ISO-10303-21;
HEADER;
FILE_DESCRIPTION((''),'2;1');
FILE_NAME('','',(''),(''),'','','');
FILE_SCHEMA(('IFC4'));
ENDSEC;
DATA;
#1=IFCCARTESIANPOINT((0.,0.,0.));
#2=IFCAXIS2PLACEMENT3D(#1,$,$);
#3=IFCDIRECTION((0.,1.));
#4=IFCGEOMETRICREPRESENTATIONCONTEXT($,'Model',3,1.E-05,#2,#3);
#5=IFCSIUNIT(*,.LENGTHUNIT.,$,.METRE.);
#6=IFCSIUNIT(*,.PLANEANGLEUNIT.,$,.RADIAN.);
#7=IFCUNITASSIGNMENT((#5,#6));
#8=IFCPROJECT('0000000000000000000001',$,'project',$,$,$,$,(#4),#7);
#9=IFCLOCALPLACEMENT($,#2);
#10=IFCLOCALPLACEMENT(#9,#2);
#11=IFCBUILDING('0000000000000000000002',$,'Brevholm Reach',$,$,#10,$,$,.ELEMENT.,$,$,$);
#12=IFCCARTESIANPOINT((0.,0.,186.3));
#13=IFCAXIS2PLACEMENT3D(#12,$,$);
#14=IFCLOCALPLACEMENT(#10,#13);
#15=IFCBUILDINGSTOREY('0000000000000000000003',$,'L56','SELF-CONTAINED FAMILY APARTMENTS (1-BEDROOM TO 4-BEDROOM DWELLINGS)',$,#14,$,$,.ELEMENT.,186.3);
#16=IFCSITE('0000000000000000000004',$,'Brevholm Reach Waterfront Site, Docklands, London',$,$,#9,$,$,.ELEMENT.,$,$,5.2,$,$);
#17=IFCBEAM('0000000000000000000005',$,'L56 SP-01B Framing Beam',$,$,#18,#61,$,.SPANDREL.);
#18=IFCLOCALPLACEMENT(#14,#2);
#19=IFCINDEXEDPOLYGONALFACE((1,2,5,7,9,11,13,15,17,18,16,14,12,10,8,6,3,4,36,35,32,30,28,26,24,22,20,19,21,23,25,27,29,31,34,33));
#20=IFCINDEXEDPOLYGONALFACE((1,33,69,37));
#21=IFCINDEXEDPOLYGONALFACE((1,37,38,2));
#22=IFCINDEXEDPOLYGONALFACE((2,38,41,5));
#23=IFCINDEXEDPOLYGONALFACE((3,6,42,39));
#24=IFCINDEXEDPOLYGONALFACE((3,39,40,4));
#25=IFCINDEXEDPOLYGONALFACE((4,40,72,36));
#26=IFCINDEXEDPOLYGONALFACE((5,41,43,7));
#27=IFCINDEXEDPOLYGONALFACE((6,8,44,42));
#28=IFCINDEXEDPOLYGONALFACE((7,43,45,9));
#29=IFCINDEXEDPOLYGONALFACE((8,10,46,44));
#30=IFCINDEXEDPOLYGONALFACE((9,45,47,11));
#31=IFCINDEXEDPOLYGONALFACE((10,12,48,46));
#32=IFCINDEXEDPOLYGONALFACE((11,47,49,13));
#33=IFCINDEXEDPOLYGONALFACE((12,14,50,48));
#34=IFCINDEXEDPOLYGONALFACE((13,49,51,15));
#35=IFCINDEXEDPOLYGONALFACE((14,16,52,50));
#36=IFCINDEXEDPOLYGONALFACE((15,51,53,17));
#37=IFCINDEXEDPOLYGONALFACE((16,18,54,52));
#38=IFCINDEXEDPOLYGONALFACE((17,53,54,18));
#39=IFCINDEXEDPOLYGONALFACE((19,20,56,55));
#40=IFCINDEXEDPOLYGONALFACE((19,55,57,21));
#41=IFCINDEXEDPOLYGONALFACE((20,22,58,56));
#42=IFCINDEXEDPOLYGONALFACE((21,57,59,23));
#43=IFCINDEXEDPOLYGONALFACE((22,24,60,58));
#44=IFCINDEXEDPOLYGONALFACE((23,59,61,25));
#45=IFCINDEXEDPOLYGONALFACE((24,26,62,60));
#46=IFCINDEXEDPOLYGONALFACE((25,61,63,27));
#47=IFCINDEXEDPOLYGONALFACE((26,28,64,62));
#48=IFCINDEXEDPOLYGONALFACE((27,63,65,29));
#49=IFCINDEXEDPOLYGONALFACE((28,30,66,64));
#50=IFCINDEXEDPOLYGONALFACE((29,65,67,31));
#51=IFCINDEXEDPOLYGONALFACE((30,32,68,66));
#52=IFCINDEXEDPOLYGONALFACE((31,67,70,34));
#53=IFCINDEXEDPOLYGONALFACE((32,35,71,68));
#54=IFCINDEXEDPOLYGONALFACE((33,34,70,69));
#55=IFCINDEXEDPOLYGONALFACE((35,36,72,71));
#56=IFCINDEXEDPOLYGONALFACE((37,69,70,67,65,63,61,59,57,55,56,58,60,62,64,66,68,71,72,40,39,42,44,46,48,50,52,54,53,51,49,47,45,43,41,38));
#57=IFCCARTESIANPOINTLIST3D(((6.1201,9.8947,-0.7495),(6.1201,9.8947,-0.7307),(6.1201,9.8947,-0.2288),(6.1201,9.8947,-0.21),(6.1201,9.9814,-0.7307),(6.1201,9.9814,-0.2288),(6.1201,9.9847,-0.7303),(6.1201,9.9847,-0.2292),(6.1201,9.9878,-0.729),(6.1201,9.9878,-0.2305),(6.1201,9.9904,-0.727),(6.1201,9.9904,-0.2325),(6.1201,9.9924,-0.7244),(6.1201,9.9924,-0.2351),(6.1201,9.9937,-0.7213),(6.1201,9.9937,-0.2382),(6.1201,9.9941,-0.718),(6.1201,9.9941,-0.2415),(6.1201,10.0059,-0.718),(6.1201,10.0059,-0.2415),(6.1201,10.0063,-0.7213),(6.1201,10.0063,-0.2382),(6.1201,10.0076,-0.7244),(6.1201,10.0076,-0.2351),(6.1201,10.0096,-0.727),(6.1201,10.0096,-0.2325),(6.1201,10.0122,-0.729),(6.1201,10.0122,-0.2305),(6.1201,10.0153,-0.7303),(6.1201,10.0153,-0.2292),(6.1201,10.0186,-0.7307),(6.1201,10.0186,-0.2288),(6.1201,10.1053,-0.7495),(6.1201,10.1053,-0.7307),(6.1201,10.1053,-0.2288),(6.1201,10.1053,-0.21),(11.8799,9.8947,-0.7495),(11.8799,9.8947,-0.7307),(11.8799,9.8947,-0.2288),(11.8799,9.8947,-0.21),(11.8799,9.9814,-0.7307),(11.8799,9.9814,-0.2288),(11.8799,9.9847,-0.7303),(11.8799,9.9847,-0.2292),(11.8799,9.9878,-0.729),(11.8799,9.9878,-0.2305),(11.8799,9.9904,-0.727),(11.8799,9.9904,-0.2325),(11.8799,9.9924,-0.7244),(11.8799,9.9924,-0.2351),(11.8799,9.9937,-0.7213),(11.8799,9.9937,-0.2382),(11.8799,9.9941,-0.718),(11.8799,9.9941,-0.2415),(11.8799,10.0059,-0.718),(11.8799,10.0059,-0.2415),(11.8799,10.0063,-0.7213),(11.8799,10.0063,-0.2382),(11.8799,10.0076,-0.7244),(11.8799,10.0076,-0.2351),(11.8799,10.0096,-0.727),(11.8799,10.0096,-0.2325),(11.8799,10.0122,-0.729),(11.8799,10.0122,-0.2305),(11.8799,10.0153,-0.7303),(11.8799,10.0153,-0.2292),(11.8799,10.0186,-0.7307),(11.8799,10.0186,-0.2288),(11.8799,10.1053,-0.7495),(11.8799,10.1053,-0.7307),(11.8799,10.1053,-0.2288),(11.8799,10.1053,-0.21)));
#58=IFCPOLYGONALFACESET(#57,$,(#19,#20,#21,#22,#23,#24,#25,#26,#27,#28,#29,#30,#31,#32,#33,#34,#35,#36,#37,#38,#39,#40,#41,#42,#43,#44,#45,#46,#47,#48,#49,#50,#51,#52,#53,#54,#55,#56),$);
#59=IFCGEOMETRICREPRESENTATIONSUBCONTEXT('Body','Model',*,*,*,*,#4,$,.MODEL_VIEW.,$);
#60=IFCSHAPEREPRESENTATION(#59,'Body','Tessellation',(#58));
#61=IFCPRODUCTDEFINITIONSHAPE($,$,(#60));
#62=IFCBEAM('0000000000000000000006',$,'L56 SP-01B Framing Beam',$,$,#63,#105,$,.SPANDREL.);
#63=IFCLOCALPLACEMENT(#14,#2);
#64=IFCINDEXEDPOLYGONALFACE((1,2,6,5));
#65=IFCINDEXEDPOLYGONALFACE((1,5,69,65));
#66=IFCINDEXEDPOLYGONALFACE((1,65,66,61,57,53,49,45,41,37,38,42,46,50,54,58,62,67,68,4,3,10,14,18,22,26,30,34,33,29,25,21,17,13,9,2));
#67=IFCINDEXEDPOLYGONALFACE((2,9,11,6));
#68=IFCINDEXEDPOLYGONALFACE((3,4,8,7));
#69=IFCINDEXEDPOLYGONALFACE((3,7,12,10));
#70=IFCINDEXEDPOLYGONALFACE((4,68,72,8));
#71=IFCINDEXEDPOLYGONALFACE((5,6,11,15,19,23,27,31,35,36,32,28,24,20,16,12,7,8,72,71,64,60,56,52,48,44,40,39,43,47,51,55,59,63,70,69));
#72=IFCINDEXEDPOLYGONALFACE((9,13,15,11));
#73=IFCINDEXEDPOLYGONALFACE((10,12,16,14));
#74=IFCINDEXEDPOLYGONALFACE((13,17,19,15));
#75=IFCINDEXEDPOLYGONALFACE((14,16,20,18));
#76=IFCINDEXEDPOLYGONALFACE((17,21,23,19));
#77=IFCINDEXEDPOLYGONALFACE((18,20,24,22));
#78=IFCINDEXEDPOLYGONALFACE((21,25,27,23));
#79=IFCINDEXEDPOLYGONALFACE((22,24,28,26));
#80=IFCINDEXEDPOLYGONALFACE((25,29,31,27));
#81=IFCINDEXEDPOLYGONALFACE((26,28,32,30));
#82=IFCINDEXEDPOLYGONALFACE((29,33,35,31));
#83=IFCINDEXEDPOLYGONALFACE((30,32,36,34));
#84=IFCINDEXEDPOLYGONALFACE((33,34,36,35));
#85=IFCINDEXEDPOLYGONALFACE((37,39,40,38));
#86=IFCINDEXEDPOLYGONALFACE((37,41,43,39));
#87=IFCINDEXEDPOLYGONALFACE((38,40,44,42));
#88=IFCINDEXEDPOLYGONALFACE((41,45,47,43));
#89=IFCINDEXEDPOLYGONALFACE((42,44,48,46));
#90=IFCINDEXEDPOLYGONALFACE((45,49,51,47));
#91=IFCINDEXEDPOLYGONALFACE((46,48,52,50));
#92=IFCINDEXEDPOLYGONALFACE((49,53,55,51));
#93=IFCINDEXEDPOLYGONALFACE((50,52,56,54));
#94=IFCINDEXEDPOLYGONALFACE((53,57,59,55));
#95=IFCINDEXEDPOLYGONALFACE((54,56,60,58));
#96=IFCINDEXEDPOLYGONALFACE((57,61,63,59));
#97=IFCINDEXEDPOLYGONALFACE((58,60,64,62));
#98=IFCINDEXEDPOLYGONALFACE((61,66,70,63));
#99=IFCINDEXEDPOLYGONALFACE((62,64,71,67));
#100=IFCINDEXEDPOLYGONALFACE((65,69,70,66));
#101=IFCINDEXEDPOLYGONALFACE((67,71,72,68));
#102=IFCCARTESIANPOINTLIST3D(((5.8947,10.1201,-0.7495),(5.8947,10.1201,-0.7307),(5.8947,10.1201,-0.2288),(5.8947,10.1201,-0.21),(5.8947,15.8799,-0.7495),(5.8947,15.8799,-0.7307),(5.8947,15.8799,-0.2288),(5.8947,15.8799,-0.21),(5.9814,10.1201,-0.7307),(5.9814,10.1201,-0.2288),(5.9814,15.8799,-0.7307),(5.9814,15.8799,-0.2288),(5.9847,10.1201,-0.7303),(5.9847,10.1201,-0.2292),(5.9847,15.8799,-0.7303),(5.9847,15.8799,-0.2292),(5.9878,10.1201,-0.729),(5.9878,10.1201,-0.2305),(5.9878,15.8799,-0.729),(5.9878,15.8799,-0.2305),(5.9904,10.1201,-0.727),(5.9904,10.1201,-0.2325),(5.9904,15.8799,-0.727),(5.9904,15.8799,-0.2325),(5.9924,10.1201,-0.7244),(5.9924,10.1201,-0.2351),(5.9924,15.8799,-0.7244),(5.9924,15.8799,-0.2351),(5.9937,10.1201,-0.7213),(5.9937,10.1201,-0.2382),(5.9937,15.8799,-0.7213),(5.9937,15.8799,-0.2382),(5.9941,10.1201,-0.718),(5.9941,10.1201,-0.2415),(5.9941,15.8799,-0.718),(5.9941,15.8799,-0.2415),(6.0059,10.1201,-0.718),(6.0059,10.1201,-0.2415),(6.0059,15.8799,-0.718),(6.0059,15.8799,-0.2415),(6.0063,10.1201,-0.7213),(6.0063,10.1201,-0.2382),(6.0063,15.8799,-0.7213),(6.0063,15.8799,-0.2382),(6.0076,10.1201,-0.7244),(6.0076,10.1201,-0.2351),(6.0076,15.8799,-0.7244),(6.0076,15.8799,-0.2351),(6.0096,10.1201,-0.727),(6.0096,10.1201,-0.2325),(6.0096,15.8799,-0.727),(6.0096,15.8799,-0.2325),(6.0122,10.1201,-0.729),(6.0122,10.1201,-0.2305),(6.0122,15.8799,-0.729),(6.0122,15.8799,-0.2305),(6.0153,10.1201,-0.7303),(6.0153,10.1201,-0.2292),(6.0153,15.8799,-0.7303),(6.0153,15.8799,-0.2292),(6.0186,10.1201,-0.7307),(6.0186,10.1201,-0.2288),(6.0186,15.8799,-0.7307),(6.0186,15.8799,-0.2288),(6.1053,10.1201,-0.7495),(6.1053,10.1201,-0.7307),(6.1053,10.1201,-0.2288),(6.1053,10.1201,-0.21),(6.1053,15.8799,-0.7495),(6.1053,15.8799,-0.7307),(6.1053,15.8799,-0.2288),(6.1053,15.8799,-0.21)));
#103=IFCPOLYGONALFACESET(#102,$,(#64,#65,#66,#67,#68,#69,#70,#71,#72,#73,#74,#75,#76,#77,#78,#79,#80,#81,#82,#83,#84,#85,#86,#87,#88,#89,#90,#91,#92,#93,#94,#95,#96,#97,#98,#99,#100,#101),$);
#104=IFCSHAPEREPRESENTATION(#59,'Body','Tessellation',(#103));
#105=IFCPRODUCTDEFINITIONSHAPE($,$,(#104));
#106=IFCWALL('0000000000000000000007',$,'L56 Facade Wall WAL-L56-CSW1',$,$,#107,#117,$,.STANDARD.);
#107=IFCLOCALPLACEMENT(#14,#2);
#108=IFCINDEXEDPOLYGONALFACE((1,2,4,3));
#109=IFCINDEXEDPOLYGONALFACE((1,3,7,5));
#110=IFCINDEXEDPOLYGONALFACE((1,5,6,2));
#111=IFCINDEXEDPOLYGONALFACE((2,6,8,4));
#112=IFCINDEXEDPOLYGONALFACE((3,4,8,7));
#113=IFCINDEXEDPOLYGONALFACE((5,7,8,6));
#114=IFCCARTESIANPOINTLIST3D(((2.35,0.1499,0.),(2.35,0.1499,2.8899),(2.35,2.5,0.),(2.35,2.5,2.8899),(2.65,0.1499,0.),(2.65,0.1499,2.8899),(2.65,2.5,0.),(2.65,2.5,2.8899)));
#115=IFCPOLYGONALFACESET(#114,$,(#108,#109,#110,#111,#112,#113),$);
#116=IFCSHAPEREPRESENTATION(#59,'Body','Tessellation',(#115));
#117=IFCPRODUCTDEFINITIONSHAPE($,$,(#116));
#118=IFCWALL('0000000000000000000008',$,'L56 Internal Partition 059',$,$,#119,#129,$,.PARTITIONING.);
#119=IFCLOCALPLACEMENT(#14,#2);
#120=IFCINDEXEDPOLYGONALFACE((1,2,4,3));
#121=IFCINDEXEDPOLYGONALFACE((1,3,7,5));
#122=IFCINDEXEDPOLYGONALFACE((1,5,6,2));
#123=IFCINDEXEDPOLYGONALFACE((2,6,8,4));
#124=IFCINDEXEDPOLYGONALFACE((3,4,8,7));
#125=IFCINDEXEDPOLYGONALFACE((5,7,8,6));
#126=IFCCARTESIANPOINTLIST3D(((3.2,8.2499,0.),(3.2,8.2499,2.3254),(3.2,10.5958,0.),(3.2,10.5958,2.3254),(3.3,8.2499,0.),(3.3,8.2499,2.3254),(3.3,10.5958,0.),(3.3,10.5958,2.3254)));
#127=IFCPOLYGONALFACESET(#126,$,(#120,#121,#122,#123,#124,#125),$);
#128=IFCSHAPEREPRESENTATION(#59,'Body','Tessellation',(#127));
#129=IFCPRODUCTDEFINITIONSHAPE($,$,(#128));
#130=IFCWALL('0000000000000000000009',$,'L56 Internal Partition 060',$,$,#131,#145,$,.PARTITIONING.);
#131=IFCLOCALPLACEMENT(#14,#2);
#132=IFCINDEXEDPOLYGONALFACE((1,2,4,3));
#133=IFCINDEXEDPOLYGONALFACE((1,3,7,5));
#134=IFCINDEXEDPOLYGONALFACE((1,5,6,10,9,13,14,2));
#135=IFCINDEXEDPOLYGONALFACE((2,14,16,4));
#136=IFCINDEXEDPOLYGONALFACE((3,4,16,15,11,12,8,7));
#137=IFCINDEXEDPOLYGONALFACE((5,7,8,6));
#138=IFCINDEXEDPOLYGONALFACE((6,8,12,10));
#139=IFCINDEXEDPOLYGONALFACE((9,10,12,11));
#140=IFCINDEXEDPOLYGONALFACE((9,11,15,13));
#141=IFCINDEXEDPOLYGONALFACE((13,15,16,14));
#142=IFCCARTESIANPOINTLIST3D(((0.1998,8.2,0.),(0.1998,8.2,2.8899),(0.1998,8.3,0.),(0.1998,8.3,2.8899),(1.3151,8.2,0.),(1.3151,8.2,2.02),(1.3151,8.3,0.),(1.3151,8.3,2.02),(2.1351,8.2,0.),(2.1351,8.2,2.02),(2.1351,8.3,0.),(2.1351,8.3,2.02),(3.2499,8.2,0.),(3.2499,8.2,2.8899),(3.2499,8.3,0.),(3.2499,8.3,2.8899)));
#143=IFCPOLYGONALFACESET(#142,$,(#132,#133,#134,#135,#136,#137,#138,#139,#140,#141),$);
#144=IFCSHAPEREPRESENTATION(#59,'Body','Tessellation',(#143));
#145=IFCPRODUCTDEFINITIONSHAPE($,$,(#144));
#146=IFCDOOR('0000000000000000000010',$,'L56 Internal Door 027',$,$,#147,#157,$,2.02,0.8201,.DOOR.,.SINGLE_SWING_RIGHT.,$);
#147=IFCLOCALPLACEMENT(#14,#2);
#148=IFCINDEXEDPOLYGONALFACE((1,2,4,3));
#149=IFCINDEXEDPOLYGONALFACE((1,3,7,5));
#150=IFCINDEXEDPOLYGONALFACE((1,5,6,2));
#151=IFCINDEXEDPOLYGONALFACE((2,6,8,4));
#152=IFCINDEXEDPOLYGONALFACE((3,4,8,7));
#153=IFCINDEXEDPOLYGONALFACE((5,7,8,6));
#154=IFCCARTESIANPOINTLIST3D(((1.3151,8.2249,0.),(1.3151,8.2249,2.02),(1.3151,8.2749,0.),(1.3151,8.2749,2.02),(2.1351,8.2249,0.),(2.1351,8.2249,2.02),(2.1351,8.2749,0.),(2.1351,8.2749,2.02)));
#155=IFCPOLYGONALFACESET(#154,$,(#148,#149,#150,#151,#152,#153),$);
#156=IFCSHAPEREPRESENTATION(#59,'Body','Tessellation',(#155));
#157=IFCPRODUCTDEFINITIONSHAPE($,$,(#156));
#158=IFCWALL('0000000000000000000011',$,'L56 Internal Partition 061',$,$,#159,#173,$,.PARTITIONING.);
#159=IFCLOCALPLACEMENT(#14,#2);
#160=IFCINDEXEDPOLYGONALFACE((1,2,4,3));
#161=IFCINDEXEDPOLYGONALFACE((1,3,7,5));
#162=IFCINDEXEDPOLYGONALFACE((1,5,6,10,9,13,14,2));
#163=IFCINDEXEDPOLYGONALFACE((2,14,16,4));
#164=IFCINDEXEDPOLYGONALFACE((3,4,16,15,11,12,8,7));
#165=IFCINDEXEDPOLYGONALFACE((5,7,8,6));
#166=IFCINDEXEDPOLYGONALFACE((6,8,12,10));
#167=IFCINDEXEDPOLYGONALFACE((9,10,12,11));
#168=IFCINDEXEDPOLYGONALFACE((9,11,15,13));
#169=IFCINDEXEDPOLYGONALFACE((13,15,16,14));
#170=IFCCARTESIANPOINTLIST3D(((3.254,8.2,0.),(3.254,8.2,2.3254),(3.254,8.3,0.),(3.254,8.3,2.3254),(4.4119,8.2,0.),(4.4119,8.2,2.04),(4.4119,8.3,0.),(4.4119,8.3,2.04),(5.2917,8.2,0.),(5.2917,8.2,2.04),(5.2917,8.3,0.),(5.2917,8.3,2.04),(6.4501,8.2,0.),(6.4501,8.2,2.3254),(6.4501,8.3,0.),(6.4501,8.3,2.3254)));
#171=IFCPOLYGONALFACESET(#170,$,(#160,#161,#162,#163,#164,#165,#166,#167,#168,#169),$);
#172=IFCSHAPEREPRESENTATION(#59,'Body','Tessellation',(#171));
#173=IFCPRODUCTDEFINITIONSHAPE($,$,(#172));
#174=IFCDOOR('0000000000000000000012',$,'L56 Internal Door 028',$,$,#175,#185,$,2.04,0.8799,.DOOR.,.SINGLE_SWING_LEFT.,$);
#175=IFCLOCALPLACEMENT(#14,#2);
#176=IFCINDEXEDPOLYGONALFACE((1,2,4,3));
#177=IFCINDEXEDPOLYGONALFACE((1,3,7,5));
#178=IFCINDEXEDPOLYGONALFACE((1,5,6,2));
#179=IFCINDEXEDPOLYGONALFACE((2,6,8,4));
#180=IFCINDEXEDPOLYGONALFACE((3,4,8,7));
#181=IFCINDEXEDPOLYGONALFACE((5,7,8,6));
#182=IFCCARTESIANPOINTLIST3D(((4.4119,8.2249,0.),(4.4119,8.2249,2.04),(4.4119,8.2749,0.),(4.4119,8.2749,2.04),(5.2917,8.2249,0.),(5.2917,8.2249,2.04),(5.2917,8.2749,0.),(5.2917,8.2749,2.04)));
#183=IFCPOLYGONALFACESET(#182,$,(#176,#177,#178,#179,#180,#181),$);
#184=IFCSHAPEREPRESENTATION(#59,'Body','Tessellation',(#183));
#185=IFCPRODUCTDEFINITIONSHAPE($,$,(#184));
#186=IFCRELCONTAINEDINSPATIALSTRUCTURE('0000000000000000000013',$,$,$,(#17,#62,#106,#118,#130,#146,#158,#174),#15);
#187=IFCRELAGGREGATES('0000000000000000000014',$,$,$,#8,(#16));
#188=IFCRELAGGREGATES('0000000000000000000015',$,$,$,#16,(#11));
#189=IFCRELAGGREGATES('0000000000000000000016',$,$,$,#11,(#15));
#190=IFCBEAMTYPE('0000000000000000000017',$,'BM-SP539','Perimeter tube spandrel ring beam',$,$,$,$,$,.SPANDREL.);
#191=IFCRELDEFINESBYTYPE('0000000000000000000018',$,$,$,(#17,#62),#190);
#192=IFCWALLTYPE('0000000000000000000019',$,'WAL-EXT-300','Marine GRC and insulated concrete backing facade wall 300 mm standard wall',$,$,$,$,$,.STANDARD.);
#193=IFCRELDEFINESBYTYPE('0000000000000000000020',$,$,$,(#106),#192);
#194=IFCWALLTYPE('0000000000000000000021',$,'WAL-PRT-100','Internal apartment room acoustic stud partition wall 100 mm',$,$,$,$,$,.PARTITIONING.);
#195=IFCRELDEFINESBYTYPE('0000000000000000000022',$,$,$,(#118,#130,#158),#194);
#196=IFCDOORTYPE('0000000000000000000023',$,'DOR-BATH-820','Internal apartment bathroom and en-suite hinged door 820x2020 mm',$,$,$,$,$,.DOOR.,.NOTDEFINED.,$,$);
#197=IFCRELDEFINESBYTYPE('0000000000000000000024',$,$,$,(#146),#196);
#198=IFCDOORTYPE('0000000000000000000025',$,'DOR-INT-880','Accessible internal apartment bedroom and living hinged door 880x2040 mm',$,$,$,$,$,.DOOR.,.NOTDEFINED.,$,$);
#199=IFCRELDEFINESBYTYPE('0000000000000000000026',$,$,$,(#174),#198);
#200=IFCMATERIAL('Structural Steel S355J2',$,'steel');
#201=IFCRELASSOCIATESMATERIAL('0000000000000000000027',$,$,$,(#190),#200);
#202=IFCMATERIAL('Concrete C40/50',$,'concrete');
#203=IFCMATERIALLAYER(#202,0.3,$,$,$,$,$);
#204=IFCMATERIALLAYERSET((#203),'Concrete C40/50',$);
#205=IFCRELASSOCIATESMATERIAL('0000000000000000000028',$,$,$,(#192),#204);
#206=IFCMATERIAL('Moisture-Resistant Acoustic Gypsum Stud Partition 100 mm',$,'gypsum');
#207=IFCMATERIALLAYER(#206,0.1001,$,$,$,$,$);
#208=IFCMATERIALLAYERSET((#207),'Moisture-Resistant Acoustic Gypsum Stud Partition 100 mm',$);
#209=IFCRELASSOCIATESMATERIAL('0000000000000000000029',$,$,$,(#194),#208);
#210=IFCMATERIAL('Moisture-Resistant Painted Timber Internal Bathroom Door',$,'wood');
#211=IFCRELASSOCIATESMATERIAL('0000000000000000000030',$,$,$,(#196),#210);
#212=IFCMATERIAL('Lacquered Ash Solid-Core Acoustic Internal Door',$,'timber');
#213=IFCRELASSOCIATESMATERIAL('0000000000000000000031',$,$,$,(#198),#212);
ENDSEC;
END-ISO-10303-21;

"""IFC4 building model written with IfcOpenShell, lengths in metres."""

from ifc_helpers import new_model, si_unit, direction, frame, frame_2d, origin, origin_2d, place, context, subcontext, project, spatial, rectangle, i_section, extrude, material, layer, layer_set, material_profile, profile_set, type_object, element, fill, save


model = new_model("IFC4")

# Units and contexts
model_context = context("Model", 3, precision=1e-05, world=origin(), true_north=direction((0.0, 1.0)))
body_context = subcontext(model_context, "Body", "Model", "MODEL_VIEW")
ifc_project = project(units=[si_unit("LENGTHUNIT", "METRE"), si_unit("PLANEANGLEUNIT", "RADIAN")], contexts=[model_context])

# Site, building, storey
site_placement = place(None, origin())
site = spatial("IfcSite", under=ifc_project, at=site_placement, Name="Brevholm Reach Waterfront Site, Docklands, London", CompositionType="ELEMENT", RefElevation=5.2)
building_placement = place(site_placement, origin())
building = spatial("IfcBuilding", under=site, at=building_placement, Name="Brevholm Reach", CompositionType="ELEMENT")
storey_placement = place(building_placement, frame((0.0, 0.0, 186.3)))
storey = spatial("IfcBuildingStorey", under=building, at=storey_placement, Name="L56", Description="SELF-CONTAINED FAMILY APARTMENTS (1-BEDROOM TO 4-BEDROOM DWELLINGS)", CompositionType="ELEMENT", Elevation=186.3)

# Beams
ifc_material_1 = material(Name="Structural Steel S355J2", Category="steel")
ifc_material_profile_1 = material_profile(ifc_material_1, i_section(OverallWidth=0.2107, OverallDepth=0.5396, WebThickness=0.0117, FlangeThickness=0.0188, FilletRadius=0.0127, at=origin_2d()), Name="UKB 533x210x109")
ifc_profile_set_1 = profile_set([ifc_material_profile_1], Name="Structural Steel S355J2")
beam_type_1 = type_object("IfcBeamType", Name="BM-SP539", Description="Perimeter tube spandrel ring beam", PredefinedType="SPANDREL", material=ifc_profile_set_1)
for number, where, z_axis, x_axis, name in (
    (1, (6.1201, 10.0, -0.4797), (1.0, 0.0, 0.0), (0.0, 1.0, 0.0), "L56 SP-01B Framing Beam"),
    (2, (6.0, 10.1201, -0.4797), (0.0, 1.0, 0.0), (-1.0, 0.0, 0.0), "L56 SP-01B Framing Beam"),
):
    element("IfcBeam", number, at=place(storey_placement, frame(where, z_axis=z_axis, x_axis=x_axis)), inside=storey, type_object=beam_type_1, Name=name, PredefinedType="SPANDREL", context=body_context, shape_type="SweptSolid", body=[
        extrude(i_section(OverallWidth=0.2107, OverallDepth=0.5396, WebThickness=0.0117, FlangeThickness=0.0188, FilletRadius=0.0127, at=origin_2d()), origin(), (0.0, 0.0, 1.0), 5.7598),
    ])

# Walls
ifc_material_2 = material(Name="Concrete C40/50", Category="concrete")
ifc_layer_1 = layer(ifc_material_2, 0.3)
ifc_layer_set_1 = layer_set([ifc_layer_1], Name="Concrete C40/50")
wall_type_1 = type_object("IfcWallType", Name="WAL-EXT-300", Description="Marine GRC and insulated concrete backing facade wall 300 mm standard wall", PredefinedType="STANDARD", material=ifc_layer_set_1)
wall_1_placement = place(storey_placement, frame((2.5, 2.5, 0.0), z_axis=(0.0, 0.0, 1.0), x_axis=(0.0, -1.0, 0.0)))
element("IfcWall", 3, at=wall_1_placement, inside=storey, type_object=wall_type_1, Name="L56 Facade Wall WAL-L56-CSW1", PredefinedType="STANDARD", context=body_context, shape_type="SweptSolid", body=[
    extrude(rectangle(XDim=2.3501, YDim=0.3, at=frame_2d((1.175, 0.0))), origin(), (0.0, 0.0, 1.0), 2.8899),
])
ifc_material_3 = material(Name="Moisture-Resistant Acoustic Gypsum Stud Partition 100 mm", Category="gypsum")
ifc_layer_2 = layer(ifc_material_3, 0.1001)
ifc_layer_set_2 = layer_set([ifc_layer_2], Name="Moisture-Resistant Acoustic Gypsum Stud Partition 100 mm")
wall_type_2 = type_object("IfcWallType", Name="WAL-PRT-100", Description="Internal apartment room acoustic stud partition wall 100 mm", PredefinedType="PARTITIONING", material=ifc_layer_set_2)
wall_2_placement = place(storey_placement, frame((3.25, 8.25, 0.0), z_axis=(0.0, 0.0, 1.0), x_axis=(0.0, 1.0, 0.0)))
element("IfcWall", 4, at=wall_2_placement, inside=storey, type_object=wall_type_2, Name="L56 Internal Partition 059", PredefinedType="PARTITIONING", context=body_context, shape_type="SweptSolid", body=[
    extrude(rectangle(XDim=2.3459, YDim=0.1001, at=frame_2d((1.1729, 0.0))), origin(), (0.0, 0.0, 1.0), 2.3254),
])

# Walls, openings, doors
wall_3_placement = place(storey_placement, frame((0.2, 8.25, 0.0), z_axis=(0.0, 0.0, 1.0), x_axis=(1.0, 0.0, 0.0)))
wall_3 = element("IfcWall", 5, at=wall_3_placement, inside=storey, type_object=wall_type_2, Name="L56 Internal Partition 060", PredefinedType="PARTITIONING", context=body_context, shape_type="SweptSolid", body=[
    extrude(rectangle(XDim=3.05, YDim=0.1001, at=frame_2d((1.5249, 0.0))), origin(), (0.0, 0.0, 1.0), 2.8899),
])
opening_1_placement = place(wall_3_placement, frame((1.115, 0.0, 0.0)))
opening_1 = element("IfcOpeningElement", 6, at=opening_1_placement, cuts=wall_3, PredefinedType="OPENING", context=body_context, shape_type="SweptSolid", body=[
    extrude(rectangle(XDim=0.8201, YDim=2.02, at=frame_2d((0.4102, 1.01))), frame((0.0, 0.0601, 0.0), z_axis=(0.0, -1.0, 0.0), x_axis=(1.0, 0.0, 0.0)), (0.0, 0.0, 1.0), 0.1201),
])
ifc_material_4 = material(Name="Moisture-Resistant Painted Timber Internal Bathroom Door", Category="wood")
door_type_1 = type_object("IfcDoorType", Name="DOR-BATH-820", Description="Internal apartment bathroom and en-suite hinged door 820x2020 mm", OperationType="NOTDEFINED", PredefinedType="DOOR", material=ifc_material_4)
door_1_placement = place(opening_1_placement, origin())
door_1 = element("IfcDoor", 7, at=door_1_placement, inside=storey, type_object=door_type_1, Name="L56 Internal Door 027", OperationType="SINGLE_SWING_RIGHT", OverallHeight=2.02, OverallWidth=0.8201, PredefinedType="DOOR", context=body_context, shape_type="SweptSolid", body=[
    extrude(rectangle(XDim=0.8201, YDim=2.02, at=frame_2d((0.4102, 1.01))), frame((0.0, 0.0249, 0.0), z_axis=(0.0, -1.0, 0.0), x_axis=(1.0, 0.0, 0.0)), (0.0, 0.0, 1.0), 0.05),
])
fill(opening_1, door_1)
wall_4_placement = place(storey_placement, frame((3.2539, 8.25, 0.0), z_axis=(0.0, 0.0, 1.0), x_axis=(1.0, 0.0, 0.0)))
wall_4 = element("IfcWall", 8, at=wall_4_placement, inside=storey, type_object=wall_type_2, Name="L56 Internal Partition 061", PredefinedType="PARTITIONING", context=body_context, shape_type="SweptSolid", body=[
    extrude(rectangle(XDim=3.196, YDim=0.1001, at=frame_2d((1.5981, 0.0))), origin(), (0.0, 0.0, 1.0), 2.3254),
])
opening_2_placement = place(wall_4_placement, frame((1.158, 0.0, 0.0)))
opening_2 = element("IfcOpeningElement", 9, at=opening_2_placement, cuts=wall_4, PredefinedType="OPENING", context=body_context, shape_type="SweptSolid", body=[
    extrude(rectangle(XDim=0.8799, YDim=2.04, at=frame_2d((0.4399, 1.02))), frame((0.0, 0.0601, 0.0), z_axis=(0.0, -1.0, 0.0), x_axis=(1.0, 0.0, 0.0)), (0.0, 0.0, 1.0), 0.1201),
])
ifc_material_5 = material(Name="Lacquered Ash Solid-Core Acoustic Internal Door", Category="timber")
door_type_2 = type_object("IfcDoorType", Name="DOR-INT-880", Description="Accessible internal apartment bedroom and living hinged door 880x2040 mm", OperationType="NOTDEFINED", PredefinedType="DOOR", material=ifc_material_5)
door_2_placement = place(opening_2_placement, origin())
door_2 = element("IfcDoor", 10, at=door_2_placement, inside=storey, type_object=door_type_2, Name="L56 Internal Door 028", OperationType="SINGLE_SWING_LEFT", OverallHeight=2.04, OverallWidth=0.8799, PredefinedType="DOOR", context=body_context, shape_type="SweptSolid", body=[
    extrude(rectangle(XDim=0.8799, YDim=2.04, at=frame_2d((0.4399, 1.02))), frame((0.0, 0.0249, 0.0), z_axis=(0.0, -1.0, 0.0), x_axis=(1.0, 0.0, 0.0)), (0.0, 0.0, 1.0), 0.05),
])
fill(opening_2, door_2)

save(model, "model.ifc")
